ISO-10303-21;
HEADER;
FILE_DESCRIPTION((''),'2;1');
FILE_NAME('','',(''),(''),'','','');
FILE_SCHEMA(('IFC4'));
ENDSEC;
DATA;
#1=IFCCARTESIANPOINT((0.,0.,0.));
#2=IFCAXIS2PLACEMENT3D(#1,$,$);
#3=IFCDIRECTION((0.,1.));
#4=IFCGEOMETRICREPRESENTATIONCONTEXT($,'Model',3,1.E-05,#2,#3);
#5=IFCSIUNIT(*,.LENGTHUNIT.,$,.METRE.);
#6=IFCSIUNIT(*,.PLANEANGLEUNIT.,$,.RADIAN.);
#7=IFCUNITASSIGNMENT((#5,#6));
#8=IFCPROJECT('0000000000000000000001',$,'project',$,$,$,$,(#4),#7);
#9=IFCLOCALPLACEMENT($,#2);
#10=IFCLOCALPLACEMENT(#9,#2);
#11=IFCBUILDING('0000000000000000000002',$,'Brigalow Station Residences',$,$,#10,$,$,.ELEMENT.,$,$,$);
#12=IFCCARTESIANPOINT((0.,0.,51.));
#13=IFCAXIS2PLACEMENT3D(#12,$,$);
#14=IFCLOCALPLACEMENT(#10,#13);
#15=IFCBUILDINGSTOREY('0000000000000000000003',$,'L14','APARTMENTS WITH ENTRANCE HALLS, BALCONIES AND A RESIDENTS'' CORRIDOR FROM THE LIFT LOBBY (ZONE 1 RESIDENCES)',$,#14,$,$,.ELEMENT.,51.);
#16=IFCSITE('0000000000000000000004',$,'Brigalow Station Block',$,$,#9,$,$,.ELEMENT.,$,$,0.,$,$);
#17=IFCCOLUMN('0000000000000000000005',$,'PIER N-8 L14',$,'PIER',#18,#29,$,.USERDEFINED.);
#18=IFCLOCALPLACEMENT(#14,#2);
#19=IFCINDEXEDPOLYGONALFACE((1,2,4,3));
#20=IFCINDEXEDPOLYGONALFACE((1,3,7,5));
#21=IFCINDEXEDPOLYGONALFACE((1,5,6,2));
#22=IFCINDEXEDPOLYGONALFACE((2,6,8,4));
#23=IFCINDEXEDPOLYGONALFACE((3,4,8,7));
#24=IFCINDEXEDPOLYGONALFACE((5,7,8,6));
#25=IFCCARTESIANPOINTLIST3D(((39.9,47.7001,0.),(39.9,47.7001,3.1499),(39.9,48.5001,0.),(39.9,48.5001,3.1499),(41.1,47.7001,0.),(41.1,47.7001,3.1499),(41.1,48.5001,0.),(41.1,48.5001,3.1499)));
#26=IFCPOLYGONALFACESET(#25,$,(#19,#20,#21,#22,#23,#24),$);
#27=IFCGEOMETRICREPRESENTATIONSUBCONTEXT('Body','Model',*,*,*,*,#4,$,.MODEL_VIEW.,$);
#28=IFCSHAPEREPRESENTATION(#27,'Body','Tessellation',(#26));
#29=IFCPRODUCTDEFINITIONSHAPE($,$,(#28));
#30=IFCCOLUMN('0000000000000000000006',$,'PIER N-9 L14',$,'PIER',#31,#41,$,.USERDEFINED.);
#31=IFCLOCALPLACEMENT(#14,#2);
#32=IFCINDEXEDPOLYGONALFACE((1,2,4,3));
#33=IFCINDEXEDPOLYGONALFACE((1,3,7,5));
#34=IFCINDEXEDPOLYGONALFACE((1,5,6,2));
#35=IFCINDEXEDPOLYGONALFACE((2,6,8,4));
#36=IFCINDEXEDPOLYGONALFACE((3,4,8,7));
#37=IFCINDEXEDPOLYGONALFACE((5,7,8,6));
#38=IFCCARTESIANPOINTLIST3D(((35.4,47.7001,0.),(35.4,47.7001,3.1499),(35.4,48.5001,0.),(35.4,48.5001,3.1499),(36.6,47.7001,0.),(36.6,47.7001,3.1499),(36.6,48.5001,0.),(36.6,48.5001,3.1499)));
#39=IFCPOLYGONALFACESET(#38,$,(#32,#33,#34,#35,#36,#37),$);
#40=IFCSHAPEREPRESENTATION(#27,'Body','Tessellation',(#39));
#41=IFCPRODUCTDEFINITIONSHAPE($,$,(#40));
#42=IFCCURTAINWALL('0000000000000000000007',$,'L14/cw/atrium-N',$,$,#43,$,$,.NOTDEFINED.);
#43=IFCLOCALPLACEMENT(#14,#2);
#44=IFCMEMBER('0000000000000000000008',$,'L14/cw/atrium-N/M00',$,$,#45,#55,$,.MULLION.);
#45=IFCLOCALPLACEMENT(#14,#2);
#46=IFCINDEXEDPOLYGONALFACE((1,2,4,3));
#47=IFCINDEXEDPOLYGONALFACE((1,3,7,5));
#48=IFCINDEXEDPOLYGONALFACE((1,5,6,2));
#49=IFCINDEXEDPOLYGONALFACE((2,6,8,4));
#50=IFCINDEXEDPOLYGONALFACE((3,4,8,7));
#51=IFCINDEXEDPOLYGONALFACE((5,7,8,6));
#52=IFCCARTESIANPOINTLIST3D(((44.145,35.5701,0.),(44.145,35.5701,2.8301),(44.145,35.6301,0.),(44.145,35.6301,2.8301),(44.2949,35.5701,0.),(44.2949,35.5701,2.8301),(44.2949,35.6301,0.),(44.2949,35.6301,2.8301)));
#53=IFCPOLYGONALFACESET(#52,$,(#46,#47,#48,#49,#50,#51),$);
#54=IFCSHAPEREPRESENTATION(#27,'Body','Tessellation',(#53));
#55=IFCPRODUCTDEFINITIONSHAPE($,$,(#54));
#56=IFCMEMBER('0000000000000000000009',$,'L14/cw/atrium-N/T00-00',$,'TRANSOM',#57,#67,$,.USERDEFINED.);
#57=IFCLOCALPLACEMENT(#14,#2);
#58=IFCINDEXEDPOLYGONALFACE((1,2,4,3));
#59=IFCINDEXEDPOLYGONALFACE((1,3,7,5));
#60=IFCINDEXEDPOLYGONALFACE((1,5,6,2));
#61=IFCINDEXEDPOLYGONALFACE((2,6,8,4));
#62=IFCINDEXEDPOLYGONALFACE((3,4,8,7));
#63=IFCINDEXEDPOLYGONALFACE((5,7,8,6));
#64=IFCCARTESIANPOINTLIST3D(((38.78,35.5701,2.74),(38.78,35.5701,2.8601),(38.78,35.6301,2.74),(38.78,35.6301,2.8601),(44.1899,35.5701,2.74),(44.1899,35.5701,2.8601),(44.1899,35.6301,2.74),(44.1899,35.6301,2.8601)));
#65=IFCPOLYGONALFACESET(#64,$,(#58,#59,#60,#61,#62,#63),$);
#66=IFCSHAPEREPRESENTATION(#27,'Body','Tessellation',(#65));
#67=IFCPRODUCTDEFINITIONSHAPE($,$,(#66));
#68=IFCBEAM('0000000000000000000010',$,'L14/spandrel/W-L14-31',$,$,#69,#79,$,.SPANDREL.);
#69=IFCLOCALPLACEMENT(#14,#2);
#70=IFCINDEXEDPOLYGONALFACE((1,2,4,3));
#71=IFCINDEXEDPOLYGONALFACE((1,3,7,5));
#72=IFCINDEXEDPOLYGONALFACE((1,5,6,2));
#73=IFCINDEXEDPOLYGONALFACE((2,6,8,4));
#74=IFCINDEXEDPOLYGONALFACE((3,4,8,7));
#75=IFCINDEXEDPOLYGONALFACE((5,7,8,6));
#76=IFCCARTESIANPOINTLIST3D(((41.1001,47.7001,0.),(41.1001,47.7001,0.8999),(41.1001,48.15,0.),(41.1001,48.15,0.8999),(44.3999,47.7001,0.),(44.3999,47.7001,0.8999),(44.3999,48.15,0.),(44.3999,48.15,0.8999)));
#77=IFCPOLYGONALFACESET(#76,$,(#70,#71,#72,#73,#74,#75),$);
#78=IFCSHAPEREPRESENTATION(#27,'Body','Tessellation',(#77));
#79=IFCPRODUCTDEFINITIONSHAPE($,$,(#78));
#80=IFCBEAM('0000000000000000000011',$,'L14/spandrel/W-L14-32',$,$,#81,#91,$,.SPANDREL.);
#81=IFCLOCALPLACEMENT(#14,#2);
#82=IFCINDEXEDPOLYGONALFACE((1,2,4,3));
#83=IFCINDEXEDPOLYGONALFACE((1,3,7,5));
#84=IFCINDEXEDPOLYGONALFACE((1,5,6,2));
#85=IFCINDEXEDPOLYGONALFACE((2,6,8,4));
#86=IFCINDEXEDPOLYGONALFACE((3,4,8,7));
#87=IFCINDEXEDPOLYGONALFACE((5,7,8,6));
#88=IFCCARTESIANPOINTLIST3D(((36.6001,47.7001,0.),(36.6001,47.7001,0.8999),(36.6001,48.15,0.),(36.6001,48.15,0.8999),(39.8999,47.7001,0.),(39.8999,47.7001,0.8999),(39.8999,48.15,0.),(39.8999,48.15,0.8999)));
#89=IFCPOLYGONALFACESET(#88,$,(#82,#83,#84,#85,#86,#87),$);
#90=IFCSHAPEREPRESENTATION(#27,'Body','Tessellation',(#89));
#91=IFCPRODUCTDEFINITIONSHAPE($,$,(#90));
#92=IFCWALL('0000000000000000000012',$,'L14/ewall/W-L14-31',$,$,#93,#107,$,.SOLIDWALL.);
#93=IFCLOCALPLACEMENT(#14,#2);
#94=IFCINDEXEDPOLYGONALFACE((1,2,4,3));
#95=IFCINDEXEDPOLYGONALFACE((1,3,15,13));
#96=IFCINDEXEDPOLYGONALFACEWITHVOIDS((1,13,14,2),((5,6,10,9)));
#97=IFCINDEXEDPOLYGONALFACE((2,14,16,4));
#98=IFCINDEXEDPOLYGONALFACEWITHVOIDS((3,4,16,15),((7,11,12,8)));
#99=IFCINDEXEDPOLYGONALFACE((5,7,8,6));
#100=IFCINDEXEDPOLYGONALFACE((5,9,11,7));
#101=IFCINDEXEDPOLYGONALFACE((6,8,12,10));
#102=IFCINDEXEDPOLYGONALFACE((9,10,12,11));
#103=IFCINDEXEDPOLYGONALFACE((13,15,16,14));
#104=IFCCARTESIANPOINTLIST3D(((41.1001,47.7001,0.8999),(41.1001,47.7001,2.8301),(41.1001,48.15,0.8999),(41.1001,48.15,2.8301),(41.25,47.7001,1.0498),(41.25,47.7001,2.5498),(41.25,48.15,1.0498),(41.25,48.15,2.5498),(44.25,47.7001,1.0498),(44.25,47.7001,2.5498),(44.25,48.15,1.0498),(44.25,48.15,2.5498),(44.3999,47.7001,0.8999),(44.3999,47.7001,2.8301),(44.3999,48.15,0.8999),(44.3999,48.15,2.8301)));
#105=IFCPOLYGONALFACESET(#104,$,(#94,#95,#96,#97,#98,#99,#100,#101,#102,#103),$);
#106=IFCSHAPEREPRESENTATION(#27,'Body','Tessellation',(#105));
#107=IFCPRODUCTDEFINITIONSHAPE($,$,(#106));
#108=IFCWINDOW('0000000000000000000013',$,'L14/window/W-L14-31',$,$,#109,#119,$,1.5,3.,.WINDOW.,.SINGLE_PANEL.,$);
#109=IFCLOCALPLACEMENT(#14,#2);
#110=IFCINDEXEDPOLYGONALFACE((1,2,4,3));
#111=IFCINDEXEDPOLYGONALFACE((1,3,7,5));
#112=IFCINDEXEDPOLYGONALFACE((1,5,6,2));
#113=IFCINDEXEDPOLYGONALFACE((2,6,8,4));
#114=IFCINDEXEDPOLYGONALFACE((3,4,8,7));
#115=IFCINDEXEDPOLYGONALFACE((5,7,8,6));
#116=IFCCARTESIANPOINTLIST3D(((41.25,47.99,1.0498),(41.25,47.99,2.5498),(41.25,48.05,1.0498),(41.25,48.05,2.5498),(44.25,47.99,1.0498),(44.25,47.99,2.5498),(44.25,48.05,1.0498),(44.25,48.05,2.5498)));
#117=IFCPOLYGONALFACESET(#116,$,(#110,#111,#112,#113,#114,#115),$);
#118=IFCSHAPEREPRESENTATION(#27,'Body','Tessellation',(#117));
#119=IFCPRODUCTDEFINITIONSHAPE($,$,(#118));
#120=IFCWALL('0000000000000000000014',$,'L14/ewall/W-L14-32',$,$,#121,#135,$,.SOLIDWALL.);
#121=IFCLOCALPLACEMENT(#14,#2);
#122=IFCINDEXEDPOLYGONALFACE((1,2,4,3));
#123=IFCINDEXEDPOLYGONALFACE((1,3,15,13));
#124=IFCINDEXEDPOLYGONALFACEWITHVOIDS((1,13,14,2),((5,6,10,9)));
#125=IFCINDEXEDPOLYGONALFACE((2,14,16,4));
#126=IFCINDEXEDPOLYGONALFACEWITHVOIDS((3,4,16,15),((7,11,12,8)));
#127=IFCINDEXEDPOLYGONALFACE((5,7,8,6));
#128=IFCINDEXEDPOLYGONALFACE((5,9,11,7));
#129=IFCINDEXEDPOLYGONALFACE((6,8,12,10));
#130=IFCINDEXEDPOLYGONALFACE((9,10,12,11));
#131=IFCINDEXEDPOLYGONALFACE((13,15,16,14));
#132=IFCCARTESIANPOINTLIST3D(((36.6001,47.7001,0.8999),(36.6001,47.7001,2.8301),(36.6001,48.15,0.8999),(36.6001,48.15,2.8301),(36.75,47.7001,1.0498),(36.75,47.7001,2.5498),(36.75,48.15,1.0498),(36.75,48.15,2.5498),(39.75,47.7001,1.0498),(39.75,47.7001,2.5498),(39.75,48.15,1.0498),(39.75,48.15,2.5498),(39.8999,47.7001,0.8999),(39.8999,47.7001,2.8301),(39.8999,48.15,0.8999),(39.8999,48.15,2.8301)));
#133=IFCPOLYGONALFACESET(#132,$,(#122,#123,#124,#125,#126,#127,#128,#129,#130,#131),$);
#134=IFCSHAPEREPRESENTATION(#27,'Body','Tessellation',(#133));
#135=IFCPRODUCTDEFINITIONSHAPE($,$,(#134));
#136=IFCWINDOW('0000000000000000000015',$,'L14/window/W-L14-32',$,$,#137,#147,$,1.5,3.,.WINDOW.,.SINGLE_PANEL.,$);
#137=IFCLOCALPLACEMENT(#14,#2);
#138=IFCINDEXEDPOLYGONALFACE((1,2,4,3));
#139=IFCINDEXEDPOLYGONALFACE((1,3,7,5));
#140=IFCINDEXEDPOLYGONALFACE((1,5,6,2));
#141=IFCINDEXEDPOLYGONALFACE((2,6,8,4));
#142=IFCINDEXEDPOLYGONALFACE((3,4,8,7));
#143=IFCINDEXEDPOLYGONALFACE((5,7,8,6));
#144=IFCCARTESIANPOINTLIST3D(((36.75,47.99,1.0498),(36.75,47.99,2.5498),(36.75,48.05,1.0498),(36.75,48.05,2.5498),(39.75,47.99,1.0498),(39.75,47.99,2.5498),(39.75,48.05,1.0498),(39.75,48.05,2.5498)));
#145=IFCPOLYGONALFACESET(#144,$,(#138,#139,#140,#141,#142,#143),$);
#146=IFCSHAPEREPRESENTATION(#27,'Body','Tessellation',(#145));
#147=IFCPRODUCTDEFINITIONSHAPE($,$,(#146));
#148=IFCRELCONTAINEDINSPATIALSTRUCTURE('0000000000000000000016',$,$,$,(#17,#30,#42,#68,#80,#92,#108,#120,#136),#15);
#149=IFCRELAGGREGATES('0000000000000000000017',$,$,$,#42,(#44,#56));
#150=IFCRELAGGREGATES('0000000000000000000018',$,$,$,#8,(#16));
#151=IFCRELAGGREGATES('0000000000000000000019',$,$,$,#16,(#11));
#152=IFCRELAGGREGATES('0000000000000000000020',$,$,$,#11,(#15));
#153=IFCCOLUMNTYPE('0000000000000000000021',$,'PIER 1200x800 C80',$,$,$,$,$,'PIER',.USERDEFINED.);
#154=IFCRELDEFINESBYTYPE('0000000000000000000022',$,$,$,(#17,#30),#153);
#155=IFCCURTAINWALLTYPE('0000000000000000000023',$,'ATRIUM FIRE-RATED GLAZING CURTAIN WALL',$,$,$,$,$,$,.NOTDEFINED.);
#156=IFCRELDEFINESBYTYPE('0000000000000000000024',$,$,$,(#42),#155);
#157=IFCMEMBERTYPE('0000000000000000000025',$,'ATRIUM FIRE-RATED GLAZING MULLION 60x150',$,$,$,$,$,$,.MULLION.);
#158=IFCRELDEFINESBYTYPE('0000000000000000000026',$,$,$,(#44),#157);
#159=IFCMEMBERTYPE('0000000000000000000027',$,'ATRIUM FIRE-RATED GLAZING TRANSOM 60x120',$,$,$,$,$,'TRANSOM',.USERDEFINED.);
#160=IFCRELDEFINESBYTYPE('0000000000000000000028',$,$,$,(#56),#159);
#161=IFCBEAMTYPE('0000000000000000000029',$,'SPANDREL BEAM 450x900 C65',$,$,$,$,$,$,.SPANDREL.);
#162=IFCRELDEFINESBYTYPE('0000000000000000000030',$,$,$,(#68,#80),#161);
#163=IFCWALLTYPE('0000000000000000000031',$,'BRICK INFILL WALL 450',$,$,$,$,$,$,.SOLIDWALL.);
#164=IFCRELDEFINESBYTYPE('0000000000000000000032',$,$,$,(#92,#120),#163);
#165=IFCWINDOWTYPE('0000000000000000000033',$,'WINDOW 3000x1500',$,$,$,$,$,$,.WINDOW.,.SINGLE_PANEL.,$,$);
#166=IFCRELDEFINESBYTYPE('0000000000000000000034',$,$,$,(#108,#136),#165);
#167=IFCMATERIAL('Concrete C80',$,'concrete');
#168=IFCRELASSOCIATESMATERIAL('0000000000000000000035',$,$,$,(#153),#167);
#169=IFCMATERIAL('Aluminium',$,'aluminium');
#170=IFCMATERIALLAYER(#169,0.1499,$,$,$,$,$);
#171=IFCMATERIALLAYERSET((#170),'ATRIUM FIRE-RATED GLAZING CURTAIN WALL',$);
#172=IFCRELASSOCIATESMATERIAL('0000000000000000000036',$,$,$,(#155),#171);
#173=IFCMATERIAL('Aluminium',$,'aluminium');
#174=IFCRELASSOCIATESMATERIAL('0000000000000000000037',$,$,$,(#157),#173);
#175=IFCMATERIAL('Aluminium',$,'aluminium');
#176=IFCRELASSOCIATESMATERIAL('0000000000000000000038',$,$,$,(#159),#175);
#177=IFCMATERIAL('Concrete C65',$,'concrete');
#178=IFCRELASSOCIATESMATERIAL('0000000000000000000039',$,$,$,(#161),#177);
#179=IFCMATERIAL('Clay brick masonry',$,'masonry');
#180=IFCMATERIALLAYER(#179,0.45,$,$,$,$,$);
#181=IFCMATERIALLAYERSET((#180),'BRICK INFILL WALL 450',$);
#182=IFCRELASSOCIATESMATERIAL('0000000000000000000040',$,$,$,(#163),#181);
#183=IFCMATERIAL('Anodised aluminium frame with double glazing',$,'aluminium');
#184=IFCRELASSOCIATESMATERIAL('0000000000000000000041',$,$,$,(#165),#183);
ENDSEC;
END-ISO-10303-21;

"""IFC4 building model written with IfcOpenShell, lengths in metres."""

from ifc_helpers import new_model, si_unit, direction, frame, frame_2d, origin, origin_2d, place, context, subcontext, project, spatial, rectangle, extrude, material, layer, layer_set, material_profile, profile_set, type_object, element, fill, aggregate, save


model = new_model("IFC4")

# Units and contexts
model_context = context("Model", 3, precision=1e-05, world=origin(), true_north=direction((0.0, 1.0)))
body_context = subcontext(model_context, "Body", "Model", "MODEL_VIEW")
ifc_project = project(units=[si_unit("LENGTHUNIT", "METRE"), si_unit("PLANEANGLEUNIT", "RADIAN")], contexts=[model_context])

# Site, building, storey
site_placement = place(None, origin())
site = spatial("IfcSite", under=ifc_project, at=site_placement, Name="Brigalow Station Block", CompositionType="ELEMENT", RefElevation=0.0)
building_placement = place(site_placement, origin())
building = spatial("IfcBuilding", under=site, at=building_placement, Name="Brigalow Station Residences", CompositionType="ELEMENT")
storey_placement = place(building_placement, frame((0.0, 0.0, 51.0)))
storey = spatial("IfcBuildingStorey", under=building, at=storey_placement, Name="L14", Description="APARTMENTS WITH ENTRANCE HALLS, BALCONIES AND A RESIDENTS' CORRIDOR FROM THE LIFT LOBBY (ZONE 1 RESIDENCES)", CompositionType="ELEMENT", Elevation=51.0)

# Columns
ifc_material_1 = material(Name="Concrete C80", Category="concrete")
ifc_material_profile_1 = material_profile(ifc_material_1, rectangle(XDim=1.2, YDim=0.8, at=origin_2d()), Name="RC1200x800")
ifc_profile_set_1 = profile_set([ifc_material_profile_1], Name="Concrete C80")
column_type = type_object("IfcColumnType", Name="PIER 1200x800 C80", ElementType="PIER", PredefinedType="USERDEFINED", material=ifc_profile_set_1)
for number, where, z_axis, x_axis, name in (
    (1, (40.5, 48.1001, 0.0), (0.0, 0.0, 1.0), (-1.0, 0.0, 0.0), "PIER N-8 L14"),
    (2, (36.0, 48.1001, 0.0), (0.0, 0.0, 1.0), (-1.0, 0.0, 0.0), "PIER N-9 L14"),
):
    element("IfcColumn", number, at=place(storey_placement, frame(where, z_axis=z_axis, x_axis=x_axis)), inside=storey, type_object=column_type, Name=name, ObjectType="PIER", PredefinedType="USERDEFINED", context=body_context, shape_type="SweptSolid", body=[
        extrude(rectangle(XDim=1.2, YDim=0.8, at=origin_2d()), origin(), (0.0, 0.0, 1.0), 3.1499),
    ])

# Curtain wall, members
ifc_material_2 = material(Name="Aluminium", Category="aluminium")
ifc_layer_1 = layer(ifc_material_2, 0.1499)
ifc_layer_set_1 = layer_set([ifc_layer_1], Name="ATRIUM FIRE-RATED GLAZING CURTAIN WALL")
curtain_wall_type = type_object("IfcCurtainWallType", Name="ATRIUM FIRE-RATED GLAZING CURTAIN WALL", PredefinedType="NOTDEFINED", material=ifc_layer_set_1)
curtain_wall_placement = place(storey_placement, origin())
curtain_wall = element("IfcCurtainWall", 3, at=curtain_wall_placement, inside=storey, type_object=curtain_wall_type, Name="L14/cw/atrium-N", PredefinedType="NOTDEFINED")
ifc_material_3 = material(Name="Aluminium", Category="aluminium")
ifc_material_profile_2 = material_profile(ifc_material_3, rectangle(XDim=0.0601, YDim=0.1499, at=origin_2d()), Name="ATRIUM FIRE-RATED GLAZING MULLION 60x150")
ifc_profile_set_2 = profile_set([ifc_material_profile_2], Name="Aluminium")
member_type_1 = type_object("IfcMemberType", Name="ATRIUM FIRE-RATED GLAZING MULLION 60x150", PredefinedType="MULLION", material=ifc_profile_set_2)
member_1_placement = place(storey_placement, frame((44.22, 35.6001, 0.0), z_axis=(0.0, 0.0, 1.0), x_axis=(0.0, -1.0, 0.0)))
member_1 = element("IfcMember", 4, at=member_1_placement, type_object=member_type_1, Name="L14/cw/atrium-N/M00", PredefinedType="MULLION", context=body_context, shape_type="SweptSolid", body=[
    extrude(rectangle(XDim=0.0601, YDim=0.1499, at=origin_2d()), origin(), (0.0, 0.0, 1.0), 2.8301),
])
ifc_material_4 = material(Name="Aluminium", Category="aluminium")
ifc_material_profile_3 = material_profile(ifc_material_4, rectangle(XDim=0.0601, YDim=0.1201, at=origin_2d()), Name="ATRIUM FIRE-RATED GLAZING TRANSOM 60x120")
ifc_profile_set_3 = profile_set([ifc_material_profile_3], Name="Aluminium")
member_type_2 = type_object("IfcMemberType", Name="ATRIUM FIRE-RATED GLAZING TRANSOM 60x120", ElementType="TRANSOM", PredefinedType="USERDEFINED", material=ifc_profile_set_3)
member_2_placement = place(storey_placement, frame((44.1899, 35.6001, 2.8), z_axis=(-1.0, 0.0, 0.0), x_axis=(0.0, -1.0, 0.0)))
member_2 = element("IfcMember", 5, at=member_2_placement, type_object=member_type_2, Name="L14/cw/atrium-N/T00-00", ObjectType="TRANSOM", PredefinedType="USERDEFINED", context=body_context, shape_type="SweptSolid", body=[
    extrude(rectangle(XDim=0.0601, YDim=0.1201, at=origin_2d()), origin(), (0.0, 0.0, 1.0), 5.4099),
])
aggregate(curtain_wall, [member_1, member_2])

# Beams
ifc_material_5 = material(Name="Concrete C65", Category="concrete")
ifc_material_profile_4 = material_profile(ifc_material_5, rectangle(XDim=0.45, YDim=0.8999, at=origin_2d()), Name="RC450x900")
ifc_profile_set_4 = profile_set([ifc_material_profile_4], Name="Concrete C65")
beam_type = type_object("IfcBeamType", Name="SPANDREL BEAM 450x900 C65", PredefinedType="SPANDREL", material=ifc_profile_set_4)
for number, where, z_axis, x_axis, name in (
    (6, (44.3999, 47.925, 0.45), (-1.0, 0.0, 0.0), (0.0, -1.0, 0.0), "L14/spandrel/W-L14-31"),
    (7, (39.8999, 47.925, 0.45), (-1.0, 0.0, 0.0), (0.0, -1.0, 0.0), "L14/spandrel/W-L14-32"),
):
    element("IfcBeam", number, at=place(storey_placement, frame(where, z_axis=z_axis, x_axis=x_axis)), inside=storey, type_object=beam_type, Name=name, PredefinedType="SPANDREL", context=body_context, shape_type="SweptSolid", body=[
        extrude(rectangle(XDim=0.45, YDim=0.8999, at=origin_2d()), origin(), (0.0, 0.0, 1.0), 3.2998),
    ])

# Walls, openings, windows
ifc_material_6 = material(Name="Clay brick masonry", Category="masonry")
ifc_layer_2 = layer(ifc_material_6, 0.45)
ifc_layer_set_2 = layer_set([ifc_layer_2], Name="BRICK INFILL WALL 450")
wall_type_1 = type_object("IfcWallType", Name="BRICK INFILL WALL 450", PredefinedType="SOLIDWALL", material=ifc_layer_set_2)
wall_1_placement = place(storey_placement, frame((44.3999, 47.925, 0.8999), z_axis=(0.0, 0.0, 1.0), x_axis=(-1.0, 0.0, 0.0)))
wall_1 = element("IfcWall", 8, at=wall_1_placement, inside=storey, type_object=wall_type_1, Name="L14/ewall/W-L14-31", PredefinedType="SOLIDWALL", context=body_context, shape_type="SweptSolid", body=[
    extrude(rectangle(XDim=3.2998, YDim=0.45, at=frame_2d((1.6499, 0.0))), origin(), (0.0, 0.0, 1.0), 1.9302),
])
opening_1_placement = place(wall_1_placement, frame((0.1499, 0.0, 0.1499)))
opening_1 = element("IfcOpeningElement", 9, at=opening_1_placement, cuts=wall_1, PredefinedType="OPENING", context=body_context, shape_type="SweptSolid", body=[
    extrude(rectangle(XDim=3.0, YDim=1.5, at=frame_2d((1.5, 0.75))), frame((0.0, 0.2349, 0.0), z_axis=(0.0, -1.0, 0.0), x_axis=(1.0, 0.0, 0.0)), (0.0, 0.0, 1.0), 0.47),
])
ifc_material_7 = material(Name="Anodised aluminium frame with double glazing", Category="aluminium")
window_type = type_object("IfcWindowType", Name="WINDOW 3000x1500", PartitioningType="SINGLE_PANEL", PredefinedType="WINDOW", material=ifc_material_7)
window_1_placement = place(opening_1_placement, origin())
window_1 = element("IfcWindow", 10, at=window_1_placement, inside=storey, type_object=window_type, Name="L14/window/W-L14-31", OverallHeight=1.5, OverallWidth=3.0, PartitioningType="SINGLE_PANEL", PredefinedType="WINDOW", context=body_context, shape_type="SweptSolid", body=[
    extrude(rectangle(XDim=3.0, YDim=1.5, at=frame_2d((1.5, 0.75))), frame((0.0, -0.0649, 0.0), z_axis=(0.0, -1.0, 0.0), x_axis=(1.0, 0.0, 0.0)), (0.0, 0.0, 1.0), 0.0601),
])
fill(opening_1, window_1)
wall_2_placement = place(storey_placement, frame((39.8999, 47.925, 0.8999), z_axis=(0.0, 0.0, 1.0), x_axis=(-1.0, 0.0, 0.0)))
wall_2 = element("IfcWall", 11, at=wall_2_placement, inside=storey, type_object=wall_type_1, Name="L14/ewall/W-L14-32", PredefinedType="SOLIDWALL", context=body_context, shape_type="SweptSolid", body=[
    extrude(rectangle(XDim=3.2998, YDim=0.45, at=frame_2d((1.6499, 0.0))), origin(), (0.0, 0.0, 1.0), 1.9302),
])
opening_2_placement = place(wall_2_placement, frame((0.1499, 0.0, 0.1499)))
opening_2 = element("IfcOpeningElement", 12, at=opening_2_placement, cuts=wall_2, PredefinedType="OPENING", context=body_context, shape_type="SweptSolid", body=[
    extrude(rectangle(XDim=3.0, YDim=1.5, at=frame_2d((1.5, 0.75))), frame((0.0, 0.2349, 0.0), z_axis=(0.0, -1.0, 0.0), x_axis=(1.0, 0.0, 0.0)), (0.0, 0.0, 1.0), 0.47),
])
window_2_placement = place(opening_2_placement, origin())
window_2 = element("IfcWindow", 13, at=window_2_placement, inside=storey, type_object=window_type, Name="L14/window/W-L14-32", OverallHeight=1.5, OverallWidth=3.0, PartitioningType="SINGLE_PANEL", PredefinedType="WINDOW", context=body_context, shape_type="SweptSolid", body=[
    extrude(rectangle(XDim=3.0, YDim=1.5, at=frame_2d((1.5, 0.75))), frame((0.0, -0.0649, 0.0), z_axis=(0.0, -1.0, 0.0), x_axis=(1.0, 0.0, 0.0)), (0.0, 0.0, 1.0), 0.0601),
])
fill(opening_2, window_2)

save(model, "model.ifc")
